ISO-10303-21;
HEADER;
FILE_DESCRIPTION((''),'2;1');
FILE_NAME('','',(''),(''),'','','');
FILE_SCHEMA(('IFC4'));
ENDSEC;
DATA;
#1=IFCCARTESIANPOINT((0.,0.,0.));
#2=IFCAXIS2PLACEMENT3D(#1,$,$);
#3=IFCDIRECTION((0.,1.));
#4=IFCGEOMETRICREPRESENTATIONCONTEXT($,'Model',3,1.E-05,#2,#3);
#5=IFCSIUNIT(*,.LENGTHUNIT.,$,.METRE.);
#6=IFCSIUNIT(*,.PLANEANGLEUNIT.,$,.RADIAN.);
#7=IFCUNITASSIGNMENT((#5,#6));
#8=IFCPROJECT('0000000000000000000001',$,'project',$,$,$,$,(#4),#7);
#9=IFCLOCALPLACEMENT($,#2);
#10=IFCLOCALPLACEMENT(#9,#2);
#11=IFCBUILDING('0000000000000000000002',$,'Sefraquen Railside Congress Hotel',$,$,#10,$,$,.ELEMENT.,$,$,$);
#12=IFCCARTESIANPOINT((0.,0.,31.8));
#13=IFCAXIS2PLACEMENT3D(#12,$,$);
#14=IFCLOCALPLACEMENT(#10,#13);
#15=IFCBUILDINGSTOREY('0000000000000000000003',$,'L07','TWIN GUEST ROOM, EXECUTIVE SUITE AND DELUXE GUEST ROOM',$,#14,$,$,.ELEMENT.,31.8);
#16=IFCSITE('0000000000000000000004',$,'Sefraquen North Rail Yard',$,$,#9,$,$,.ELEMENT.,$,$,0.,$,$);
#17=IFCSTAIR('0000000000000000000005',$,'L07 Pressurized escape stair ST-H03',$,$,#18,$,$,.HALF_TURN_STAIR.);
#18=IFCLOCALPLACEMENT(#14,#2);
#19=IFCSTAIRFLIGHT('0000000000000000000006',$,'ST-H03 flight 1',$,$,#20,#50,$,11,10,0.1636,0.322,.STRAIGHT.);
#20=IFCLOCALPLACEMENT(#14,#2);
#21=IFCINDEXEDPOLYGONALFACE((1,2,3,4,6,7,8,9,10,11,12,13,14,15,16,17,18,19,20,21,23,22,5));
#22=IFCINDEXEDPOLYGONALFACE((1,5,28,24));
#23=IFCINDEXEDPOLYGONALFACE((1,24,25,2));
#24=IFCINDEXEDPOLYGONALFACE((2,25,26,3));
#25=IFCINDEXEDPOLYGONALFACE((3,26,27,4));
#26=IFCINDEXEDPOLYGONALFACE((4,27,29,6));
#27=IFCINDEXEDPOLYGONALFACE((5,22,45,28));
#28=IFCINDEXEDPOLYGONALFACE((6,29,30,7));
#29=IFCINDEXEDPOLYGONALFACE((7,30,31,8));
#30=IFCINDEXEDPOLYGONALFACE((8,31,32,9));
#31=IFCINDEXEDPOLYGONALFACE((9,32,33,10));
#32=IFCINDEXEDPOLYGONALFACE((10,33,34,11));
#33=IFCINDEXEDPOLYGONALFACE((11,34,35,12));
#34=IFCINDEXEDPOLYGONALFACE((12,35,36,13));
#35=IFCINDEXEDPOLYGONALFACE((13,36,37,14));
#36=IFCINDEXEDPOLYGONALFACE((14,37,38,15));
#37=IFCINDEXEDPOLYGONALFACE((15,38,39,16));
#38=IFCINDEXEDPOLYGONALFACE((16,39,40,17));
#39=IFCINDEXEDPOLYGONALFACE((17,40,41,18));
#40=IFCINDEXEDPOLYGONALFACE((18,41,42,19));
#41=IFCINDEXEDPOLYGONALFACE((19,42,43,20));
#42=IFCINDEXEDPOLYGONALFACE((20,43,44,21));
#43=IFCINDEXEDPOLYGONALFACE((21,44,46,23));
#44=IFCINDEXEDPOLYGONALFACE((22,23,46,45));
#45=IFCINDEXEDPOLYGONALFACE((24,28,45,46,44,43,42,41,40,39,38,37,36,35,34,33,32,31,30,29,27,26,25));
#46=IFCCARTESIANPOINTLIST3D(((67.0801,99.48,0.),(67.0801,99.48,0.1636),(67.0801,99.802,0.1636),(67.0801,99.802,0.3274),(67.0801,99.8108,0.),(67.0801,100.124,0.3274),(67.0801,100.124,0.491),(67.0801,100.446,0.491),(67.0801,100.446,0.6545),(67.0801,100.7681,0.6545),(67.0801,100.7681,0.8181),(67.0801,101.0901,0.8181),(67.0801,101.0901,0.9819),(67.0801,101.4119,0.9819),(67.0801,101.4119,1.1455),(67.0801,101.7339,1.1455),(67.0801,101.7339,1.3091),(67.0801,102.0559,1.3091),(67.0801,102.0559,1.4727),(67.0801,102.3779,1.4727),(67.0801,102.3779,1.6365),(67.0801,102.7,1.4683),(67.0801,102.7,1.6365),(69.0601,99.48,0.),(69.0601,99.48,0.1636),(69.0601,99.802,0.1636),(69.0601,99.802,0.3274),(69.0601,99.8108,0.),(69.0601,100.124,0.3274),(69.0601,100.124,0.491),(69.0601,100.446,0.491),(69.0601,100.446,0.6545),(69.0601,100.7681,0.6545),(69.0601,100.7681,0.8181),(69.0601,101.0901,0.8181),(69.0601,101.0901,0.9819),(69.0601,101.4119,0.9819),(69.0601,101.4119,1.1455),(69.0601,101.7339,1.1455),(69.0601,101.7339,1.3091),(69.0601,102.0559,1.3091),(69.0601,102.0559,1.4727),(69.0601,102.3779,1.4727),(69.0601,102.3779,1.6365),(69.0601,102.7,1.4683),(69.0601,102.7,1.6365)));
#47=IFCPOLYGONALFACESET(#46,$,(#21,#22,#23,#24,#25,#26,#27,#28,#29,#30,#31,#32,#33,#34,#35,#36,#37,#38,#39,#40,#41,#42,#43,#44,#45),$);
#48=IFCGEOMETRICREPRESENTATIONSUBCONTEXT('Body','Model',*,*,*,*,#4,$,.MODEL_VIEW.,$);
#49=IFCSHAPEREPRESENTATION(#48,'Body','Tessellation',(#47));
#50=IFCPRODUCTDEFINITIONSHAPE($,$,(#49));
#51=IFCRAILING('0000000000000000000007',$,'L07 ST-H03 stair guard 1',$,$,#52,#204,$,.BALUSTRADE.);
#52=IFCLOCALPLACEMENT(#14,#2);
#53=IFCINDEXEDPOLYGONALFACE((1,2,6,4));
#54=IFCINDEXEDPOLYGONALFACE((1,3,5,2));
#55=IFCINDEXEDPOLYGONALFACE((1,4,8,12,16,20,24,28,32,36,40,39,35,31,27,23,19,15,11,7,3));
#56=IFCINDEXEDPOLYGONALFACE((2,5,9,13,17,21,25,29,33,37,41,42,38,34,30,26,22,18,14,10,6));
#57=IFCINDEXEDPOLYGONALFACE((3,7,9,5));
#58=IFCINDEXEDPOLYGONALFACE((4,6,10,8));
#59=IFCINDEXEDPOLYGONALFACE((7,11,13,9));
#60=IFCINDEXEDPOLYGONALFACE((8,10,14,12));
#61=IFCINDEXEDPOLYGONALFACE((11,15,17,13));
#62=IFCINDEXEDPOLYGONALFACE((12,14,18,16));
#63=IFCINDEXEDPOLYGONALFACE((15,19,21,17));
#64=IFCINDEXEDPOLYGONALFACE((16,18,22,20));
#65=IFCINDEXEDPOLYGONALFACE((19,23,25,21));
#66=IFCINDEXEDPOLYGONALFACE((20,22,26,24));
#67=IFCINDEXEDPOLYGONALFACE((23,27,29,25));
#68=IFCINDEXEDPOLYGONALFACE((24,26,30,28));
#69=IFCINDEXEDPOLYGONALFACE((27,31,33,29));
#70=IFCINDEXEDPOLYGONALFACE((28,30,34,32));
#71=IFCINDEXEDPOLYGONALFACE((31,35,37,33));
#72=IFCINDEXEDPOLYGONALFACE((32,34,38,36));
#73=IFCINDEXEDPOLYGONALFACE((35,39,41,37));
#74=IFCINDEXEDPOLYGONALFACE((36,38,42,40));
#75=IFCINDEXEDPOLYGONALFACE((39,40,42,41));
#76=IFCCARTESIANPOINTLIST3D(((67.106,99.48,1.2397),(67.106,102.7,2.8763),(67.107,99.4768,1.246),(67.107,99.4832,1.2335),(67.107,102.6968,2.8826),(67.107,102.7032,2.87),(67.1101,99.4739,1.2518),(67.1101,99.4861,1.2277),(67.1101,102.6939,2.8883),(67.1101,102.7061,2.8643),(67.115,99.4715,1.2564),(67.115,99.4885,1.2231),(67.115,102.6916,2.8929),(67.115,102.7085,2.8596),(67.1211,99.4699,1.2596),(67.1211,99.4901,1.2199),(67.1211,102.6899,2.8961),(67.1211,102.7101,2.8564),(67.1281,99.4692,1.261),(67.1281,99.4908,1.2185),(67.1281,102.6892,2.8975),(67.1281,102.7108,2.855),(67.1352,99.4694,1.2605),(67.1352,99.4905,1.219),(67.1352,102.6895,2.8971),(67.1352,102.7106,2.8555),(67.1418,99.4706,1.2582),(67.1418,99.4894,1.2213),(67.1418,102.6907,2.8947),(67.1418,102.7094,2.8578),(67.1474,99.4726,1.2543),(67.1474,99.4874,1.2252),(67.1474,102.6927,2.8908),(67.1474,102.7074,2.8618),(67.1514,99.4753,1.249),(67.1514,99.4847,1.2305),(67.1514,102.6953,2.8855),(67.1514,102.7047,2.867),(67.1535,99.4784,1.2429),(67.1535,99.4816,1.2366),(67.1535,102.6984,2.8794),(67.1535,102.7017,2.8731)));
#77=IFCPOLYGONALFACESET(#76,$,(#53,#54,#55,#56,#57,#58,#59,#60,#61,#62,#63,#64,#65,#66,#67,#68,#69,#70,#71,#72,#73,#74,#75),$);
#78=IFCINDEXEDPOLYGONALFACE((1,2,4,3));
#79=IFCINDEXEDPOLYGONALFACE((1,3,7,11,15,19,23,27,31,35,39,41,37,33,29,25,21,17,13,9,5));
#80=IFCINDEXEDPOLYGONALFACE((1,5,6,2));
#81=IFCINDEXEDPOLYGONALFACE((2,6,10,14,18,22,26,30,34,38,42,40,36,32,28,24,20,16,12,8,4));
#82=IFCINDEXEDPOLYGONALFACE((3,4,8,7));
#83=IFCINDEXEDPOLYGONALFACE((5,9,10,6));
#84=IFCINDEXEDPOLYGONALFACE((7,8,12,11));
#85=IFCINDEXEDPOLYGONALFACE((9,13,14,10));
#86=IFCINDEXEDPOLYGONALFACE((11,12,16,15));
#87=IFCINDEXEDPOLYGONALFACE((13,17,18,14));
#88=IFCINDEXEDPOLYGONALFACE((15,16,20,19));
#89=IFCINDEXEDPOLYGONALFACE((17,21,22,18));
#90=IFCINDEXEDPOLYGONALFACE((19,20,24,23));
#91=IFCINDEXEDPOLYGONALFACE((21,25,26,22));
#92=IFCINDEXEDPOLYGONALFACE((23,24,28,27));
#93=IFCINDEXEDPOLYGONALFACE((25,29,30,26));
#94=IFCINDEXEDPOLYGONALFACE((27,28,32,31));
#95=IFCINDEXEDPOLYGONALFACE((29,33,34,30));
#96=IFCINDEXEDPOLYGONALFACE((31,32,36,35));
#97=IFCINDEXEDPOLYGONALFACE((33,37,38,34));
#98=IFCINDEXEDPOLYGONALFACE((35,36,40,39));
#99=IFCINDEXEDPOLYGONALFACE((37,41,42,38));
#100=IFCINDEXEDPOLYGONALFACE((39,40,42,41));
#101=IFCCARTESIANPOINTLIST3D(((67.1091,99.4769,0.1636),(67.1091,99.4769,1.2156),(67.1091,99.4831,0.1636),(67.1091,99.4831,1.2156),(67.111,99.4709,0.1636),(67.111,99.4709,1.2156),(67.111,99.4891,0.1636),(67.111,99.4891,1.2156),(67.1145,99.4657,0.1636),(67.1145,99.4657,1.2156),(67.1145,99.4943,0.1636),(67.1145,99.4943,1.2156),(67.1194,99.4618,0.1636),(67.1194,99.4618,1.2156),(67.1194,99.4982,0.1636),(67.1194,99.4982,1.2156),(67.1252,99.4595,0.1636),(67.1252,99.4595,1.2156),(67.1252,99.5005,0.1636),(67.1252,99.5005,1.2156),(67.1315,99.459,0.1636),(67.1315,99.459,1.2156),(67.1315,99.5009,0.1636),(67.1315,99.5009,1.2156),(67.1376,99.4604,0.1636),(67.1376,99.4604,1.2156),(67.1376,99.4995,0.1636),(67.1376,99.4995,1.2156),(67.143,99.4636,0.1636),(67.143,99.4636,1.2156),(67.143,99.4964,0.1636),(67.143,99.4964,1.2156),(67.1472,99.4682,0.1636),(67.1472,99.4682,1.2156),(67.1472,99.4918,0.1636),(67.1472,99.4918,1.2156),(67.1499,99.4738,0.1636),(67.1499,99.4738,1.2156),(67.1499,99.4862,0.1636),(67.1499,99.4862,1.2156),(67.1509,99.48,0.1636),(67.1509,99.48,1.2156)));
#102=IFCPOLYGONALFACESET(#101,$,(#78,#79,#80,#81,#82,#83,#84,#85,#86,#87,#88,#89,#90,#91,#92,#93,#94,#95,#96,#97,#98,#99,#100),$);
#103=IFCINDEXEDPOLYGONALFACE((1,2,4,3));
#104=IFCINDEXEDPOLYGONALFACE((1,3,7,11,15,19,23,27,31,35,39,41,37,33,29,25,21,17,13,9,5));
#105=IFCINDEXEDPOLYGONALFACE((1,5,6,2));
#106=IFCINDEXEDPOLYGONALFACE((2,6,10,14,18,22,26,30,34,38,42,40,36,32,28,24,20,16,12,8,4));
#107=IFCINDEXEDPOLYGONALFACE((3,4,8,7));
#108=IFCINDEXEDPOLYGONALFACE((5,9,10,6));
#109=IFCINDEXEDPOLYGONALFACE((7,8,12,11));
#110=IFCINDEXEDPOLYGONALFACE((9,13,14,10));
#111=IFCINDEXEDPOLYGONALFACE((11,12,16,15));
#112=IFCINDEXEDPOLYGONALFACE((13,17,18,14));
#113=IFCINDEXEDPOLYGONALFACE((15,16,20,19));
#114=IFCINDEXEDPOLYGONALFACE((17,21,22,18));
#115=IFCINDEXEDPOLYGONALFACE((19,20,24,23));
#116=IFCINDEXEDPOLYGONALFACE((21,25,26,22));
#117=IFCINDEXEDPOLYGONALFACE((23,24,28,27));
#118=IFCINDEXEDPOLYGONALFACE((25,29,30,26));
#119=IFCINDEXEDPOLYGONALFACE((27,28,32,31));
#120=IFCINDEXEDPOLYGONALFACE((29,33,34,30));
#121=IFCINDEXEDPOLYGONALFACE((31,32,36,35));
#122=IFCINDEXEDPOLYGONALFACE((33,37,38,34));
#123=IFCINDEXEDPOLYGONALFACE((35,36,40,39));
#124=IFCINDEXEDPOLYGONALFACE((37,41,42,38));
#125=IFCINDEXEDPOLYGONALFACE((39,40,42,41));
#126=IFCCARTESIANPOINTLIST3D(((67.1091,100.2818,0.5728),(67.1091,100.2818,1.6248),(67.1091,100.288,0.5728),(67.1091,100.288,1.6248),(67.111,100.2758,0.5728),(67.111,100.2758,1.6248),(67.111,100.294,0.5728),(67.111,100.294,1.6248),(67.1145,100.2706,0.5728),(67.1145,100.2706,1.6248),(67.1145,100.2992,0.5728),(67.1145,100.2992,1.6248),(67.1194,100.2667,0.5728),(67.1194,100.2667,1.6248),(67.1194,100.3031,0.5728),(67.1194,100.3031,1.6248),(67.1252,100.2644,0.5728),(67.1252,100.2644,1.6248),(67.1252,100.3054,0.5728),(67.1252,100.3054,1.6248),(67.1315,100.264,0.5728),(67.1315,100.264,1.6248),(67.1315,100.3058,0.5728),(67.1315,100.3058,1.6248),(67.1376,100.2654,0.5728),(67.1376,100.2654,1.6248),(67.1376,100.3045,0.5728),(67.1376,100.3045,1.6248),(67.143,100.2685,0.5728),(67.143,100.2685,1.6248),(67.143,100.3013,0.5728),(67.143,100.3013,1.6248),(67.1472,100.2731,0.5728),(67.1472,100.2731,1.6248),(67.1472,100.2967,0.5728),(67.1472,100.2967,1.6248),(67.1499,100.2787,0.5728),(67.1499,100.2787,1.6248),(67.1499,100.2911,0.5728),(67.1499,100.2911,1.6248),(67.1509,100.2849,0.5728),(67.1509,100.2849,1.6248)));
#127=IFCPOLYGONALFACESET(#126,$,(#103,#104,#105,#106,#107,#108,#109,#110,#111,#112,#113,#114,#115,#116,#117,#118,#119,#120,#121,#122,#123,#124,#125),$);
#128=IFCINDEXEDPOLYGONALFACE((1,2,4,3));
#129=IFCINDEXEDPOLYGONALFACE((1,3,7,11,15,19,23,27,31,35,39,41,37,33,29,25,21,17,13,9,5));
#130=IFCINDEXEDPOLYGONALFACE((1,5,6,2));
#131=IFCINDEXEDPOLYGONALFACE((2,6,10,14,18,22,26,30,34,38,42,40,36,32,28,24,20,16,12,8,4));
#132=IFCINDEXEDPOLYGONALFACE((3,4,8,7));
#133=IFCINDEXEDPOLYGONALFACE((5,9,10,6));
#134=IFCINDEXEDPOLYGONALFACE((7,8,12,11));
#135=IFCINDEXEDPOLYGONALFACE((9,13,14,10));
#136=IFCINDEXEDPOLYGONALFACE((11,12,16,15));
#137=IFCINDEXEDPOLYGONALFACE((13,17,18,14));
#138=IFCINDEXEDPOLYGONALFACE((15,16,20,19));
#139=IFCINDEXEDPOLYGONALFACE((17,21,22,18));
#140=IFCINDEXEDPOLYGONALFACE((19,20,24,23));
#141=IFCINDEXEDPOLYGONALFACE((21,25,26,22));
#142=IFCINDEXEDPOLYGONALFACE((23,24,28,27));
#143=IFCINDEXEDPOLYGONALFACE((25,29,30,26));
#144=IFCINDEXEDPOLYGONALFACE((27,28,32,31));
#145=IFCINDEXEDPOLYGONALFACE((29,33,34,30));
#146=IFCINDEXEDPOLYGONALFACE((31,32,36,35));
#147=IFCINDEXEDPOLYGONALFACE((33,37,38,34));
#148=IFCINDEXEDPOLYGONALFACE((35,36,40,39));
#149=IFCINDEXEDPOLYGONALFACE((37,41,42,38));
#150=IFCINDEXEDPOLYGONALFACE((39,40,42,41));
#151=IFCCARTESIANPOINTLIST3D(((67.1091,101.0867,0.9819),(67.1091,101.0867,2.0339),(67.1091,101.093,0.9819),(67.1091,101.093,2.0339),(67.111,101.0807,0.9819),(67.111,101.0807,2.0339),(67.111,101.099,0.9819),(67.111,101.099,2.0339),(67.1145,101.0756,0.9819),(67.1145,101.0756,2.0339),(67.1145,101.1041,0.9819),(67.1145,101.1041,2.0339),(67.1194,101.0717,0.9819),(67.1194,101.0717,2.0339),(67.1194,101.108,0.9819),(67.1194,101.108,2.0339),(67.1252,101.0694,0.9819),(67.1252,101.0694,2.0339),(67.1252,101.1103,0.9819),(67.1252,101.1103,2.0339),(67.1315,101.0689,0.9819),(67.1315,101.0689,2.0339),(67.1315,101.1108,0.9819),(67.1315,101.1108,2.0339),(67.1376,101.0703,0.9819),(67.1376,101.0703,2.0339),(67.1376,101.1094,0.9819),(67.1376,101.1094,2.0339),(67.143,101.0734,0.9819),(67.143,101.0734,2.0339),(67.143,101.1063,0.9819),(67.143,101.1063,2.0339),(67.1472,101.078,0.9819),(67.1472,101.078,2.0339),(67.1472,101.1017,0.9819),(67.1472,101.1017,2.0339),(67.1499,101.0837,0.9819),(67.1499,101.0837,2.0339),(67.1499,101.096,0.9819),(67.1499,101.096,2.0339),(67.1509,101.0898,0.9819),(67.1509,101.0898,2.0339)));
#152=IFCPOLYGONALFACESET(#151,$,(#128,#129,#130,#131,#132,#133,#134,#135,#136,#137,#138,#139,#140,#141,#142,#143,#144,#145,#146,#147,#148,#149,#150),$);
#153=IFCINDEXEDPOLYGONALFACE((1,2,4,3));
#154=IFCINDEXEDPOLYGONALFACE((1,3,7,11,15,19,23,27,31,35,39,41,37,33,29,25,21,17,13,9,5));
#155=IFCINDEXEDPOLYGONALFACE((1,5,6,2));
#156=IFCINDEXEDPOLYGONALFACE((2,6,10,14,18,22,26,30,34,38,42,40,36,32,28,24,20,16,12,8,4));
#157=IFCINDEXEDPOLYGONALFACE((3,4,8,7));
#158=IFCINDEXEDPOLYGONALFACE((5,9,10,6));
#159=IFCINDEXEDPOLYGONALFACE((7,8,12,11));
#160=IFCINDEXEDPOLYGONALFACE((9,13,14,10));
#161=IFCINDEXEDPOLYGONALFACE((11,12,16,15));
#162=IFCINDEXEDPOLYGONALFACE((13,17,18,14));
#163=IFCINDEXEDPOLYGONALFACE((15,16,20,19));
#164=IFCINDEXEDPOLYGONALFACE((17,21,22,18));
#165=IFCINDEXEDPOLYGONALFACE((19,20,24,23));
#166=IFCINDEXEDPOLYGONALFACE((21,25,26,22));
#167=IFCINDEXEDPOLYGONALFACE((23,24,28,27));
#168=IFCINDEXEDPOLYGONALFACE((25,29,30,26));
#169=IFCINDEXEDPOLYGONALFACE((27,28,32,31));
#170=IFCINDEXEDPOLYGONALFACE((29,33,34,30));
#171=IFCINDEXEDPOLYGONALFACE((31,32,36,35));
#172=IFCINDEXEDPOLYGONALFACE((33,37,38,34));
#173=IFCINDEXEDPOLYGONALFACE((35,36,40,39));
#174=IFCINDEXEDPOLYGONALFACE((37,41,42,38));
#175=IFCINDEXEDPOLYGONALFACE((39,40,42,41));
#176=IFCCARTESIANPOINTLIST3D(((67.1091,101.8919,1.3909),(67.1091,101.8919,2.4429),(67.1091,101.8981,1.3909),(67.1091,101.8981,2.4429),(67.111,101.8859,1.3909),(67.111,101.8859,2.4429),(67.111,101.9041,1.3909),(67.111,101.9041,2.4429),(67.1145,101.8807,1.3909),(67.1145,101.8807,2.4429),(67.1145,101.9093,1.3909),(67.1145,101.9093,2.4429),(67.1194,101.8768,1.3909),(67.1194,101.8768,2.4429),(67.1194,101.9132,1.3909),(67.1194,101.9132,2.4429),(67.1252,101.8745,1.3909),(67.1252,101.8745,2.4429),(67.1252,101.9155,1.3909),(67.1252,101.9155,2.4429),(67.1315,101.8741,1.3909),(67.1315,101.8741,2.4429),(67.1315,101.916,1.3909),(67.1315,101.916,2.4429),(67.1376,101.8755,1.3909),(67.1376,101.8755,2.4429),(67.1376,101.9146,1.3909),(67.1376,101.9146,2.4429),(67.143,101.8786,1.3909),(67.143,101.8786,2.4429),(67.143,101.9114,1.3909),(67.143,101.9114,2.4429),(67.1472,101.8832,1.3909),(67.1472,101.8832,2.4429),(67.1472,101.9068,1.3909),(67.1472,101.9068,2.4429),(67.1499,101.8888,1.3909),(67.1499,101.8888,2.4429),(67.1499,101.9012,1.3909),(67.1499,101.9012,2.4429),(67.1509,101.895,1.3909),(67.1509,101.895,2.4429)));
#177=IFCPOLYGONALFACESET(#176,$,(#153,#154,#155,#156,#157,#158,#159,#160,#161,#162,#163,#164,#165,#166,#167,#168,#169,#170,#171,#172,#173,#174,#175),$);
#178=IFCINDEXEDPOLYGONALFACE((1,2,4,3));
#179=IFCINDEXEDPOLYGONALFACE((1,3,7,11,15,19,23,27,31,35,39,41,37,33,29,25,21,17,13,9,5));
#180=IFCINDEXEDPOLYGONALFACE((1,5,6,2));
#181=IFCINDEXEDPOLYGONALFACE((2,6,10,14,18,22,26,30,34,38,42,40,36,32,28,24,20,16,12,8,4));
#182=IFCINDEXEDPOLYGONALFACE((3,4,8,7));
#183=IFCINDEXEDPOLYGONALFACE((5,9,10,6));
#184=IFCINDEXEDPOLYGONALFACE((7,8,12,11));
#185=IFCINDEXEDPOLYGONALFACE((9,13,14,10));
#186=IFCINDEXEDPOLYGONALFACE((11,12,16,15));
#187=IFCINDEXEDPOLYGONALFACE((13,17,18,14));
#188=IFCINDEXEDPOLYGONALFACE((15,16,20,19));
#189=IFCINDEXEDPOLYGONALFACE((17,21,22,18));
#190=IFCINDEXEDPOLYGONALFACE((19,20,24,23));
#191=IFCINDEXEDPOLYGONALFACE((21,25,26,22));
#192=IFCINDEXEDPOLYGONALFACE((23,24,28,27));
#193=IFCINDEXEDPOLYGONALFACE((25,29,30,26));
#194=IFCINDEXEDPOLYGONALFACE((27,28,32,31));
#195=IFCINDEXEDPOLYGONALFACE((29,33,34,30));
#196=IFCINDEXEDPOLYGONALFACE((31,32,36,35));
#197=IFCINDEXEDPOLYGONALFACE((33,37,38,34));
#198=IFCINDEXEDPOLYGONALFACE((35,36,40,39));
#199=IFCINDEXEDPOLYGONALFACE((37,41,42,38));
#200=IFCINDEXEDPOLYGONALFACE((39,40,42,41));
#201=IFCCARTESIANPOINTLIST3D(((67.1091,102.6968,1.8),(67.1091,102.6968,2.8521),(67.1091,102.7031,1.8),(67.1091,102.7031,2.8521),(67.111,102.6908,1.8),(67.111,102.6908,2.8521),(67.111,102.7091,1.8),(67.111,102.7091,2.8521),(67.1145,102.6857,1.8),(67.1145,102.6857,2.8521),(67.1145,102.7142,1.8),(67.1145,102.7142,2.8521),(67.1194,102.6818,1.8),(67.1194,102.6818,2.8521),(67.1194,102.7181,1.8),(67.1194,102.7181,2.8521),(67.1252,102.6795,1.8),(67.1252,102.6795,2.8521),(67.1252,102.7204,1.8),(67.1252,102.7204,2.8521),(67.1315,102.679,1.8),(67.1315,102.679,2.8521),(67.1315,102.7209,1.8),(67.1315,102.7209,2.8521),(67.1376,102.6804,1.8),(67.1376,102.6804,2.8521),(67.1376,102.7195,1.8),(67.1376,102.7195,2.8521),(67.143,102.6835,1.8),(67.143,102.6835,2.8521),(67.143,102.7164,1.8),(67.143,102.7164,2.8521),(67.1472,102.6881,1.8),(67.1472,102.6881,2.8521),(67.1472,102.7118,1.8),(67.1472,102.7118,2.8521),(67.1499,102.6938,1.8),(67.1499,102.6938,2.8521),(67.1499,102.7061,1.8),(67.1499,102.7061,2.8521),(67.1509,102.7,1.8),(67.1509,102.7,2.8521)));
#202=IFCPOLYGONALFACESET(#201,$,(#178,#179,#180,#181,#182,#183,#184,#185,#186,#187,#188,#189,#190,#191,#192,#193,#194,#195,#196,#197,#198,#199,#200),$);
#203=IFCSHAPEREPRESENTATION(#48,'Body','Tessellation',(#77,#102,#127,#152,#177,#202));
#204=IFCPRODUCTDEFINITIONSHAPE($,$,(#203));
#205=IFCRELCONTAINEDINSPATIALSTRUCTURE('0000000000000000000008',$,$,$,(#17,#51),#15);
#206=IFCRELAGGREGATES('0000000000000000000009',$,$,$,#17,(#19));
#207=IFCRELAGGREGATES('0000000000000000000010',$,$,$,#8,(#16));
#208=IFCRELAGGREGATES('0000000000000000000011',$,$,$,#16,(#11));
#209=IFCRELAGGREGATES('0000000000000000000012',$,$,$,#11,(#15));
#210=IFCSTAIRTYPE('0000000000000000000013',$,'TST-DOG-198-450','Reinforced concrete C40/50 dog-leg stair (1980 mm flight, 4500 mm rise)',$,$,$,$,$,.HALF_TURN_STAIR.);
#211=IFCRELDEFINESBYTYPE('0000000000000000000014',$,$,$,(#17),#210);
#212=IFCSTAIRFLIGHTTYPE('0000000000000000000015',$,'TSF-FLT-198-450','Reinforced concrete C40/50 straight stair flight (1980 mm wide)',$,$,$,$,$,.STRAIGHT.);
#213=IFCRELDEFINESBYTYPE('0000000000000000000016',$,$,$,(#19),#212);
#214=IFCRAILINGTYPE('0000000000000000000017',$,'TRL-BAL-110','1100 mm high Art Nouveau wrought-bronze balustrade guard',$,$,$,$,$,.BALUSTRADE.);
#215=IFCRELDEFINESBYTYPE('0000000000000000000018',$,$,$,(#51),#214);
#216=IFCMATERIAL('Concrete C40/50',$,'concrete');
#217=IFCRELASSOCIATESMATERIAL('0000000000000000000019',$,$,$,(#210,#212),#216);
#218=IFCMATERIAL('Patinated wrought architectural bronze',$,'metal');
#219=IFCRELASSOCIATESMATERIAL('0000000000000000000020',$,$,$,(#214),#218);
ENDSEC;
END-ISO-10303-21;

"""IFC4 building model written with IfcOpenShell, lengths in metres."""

from ifc_helpers import new_model, si_unit, direction, frame, origin, origin_2d, place, context, subcontext, project, spatial, polyline, circle, outline, extrude, material, type_object, element, aggregate, save


model = new_model("IFC4")

# Units and contexts
model_context = context("Model", 3, precision=1e-05, world=origin(), true_north=direction((0.0, 1.0)))
body_context = subcontext(model_context, "Body", "Model", "MODEL_VIEW")
ifc_project = project(units=[si_unit("LENGTHUNIT", "METRE"), si_unit("PLANEANGLEUNIT", "RADIAN")], contexts=[model_context])

# Site, building, storey
site_placement = place(None, origin())
site = spatial("IfcSite", under=ifc_project, at=site_placement, Name="Sefraquen North Rail Yard", CompositionType="ELEMENT", RefElevation=0.0)
building_placement = place(site_placement, origin())
building = spatial("IfcBuilding", under=site, at=building_placement, Name="Sefraquen Railside Congress Hotel", CompositionType="ELEMENT")
storey_placement = place(building_placement, frame((0.0, 0.0, 31.8)))
storey = spatial("IfcBuildingStorey", under=building, at=storey_placement, Name="L07", Description="TWIN GUEST ROOM, EXECUTIVE SUITE AND DELUXE GUEST ROOM", CompositionType="ELEMENT", Elevation=31.8)

# Shared definitions
ifc_material_1 = material(Name="Concrete C40/50", Category="concrete")

# Stair, stair flight
stair_type = type_object("IfcStairType", Name="TST-DOG-198-450", Description="Reinforced concrete C40/50 dog-leg stair (1980 mm flight, 4500 mm rise)", PredefinedType="HALF_TURN_STAIR", material=ifc_material_1)
stair_placement = place(storey_placement, origin())
stair = element("IfcStair", 1, at=stair_placement, inside=storey, type_object=stair_type, Name="L07 Pressurized escape stair ST-H03", PredefinedType="HALF_TURN_STAIR")
stair_flight_type = type_object("IfcStairFlightType", Name="TSF-FLT-198-450", Description="Reinforced concrete C40/50 straight stair flight (1980 mm wide)", PredefinedType="STRAIGHT", material=ifc_material_1)
stair_flight_placement = place(storey_placement, frame((68.0701, 99.48, 0.0), z_axis=(0.0, 0.0, 1.0), x_axis=(0.0, 1.0, 0.0)))
stair_flight = element("IfcStairFlight", 2, at=stair_flight_placement, type_object=stair_flight_type, Name="ST-H03 flight 1", NumberOfRisers=11, NumberOfTreads=10, PredefinedType="STRAIGHT", RiserHeight=0.1636, TreadLength=0.322, context=body_context, shape_type="SweptSolid", body=[
    extrude(outline(polyline([(0.0, 0.0), (0.0, 0.1636), (0.322, 0.1636), (0.322, 0.3274), (0.644, 0.3274), (0.644, 0.491), (0.9661, 0.491), (0.9661, 0.6545), (1.2881, 0.6545), (1.2881, 0.8181), (1.6101, 0.8181), (1.6101, 0.9819), (1.9319, 0.9819), (1.9319, 1.1455), (2.2539, 1.1455), (2.2539, 1.3091), (2.5759, 1.3091), (2.5759, 1.4727), (2.8979, 1.4727), (2.8979, 1.6365), (3.22, 1.6365), (3.22, 1.8), (3.22, 1.4683), (0.3308, 0.0), (0.0, 0.0)])), frame((0.0, 0.99, 0.0), z_axis=(0.0, -1.0, 0.0), x_axis=(1.0, 0.0, 0.0)), (0.0, 0.0, 1.0), 1.98),
])
aggregate(stair, [stair_flight])

# Railing
ifc_material_2 = material(Name="Patinated wrought architectural bronze", Category="metal")
railing_type_1 = type_object("IfcRailingType", Name="TRL-BAL-110", Description="1100 mm high Art Nouveau wrought-bronze balustrade guard", PredefinedType="BALUSTRADE", material=ifc_material_2)
railing_1_placement = place(storey_placement, frame((67.1299, 99.48, 0.1636)))
element("IfcRailing", 3, at=railing_1_placement, inside=storey, type_object=railing_type_1, Name="L07 ST-H03 stair guard 1", PredefinedType="BALUSTRADE", context=body_context, shape_type="SweptSolid", body=[
    extrude(circle(Radius=0.0239, at=origin_2d()), frame((0.0, 0.0, 1.0762), z_axis=(0.0, 0.891474, 0.453071), x_axis=(-1.0, 0.0, 0.0)), (0.0, 0.0, 1.0), 3.6121),
    extrude(circle(Radius=0.021, at=origin_2d()), origin(), (0.0, 0.0, 1.0), 1.052),
    extrude(circle(Radius=0.021, at=origin_2d()), frame((0.0, 0.8049, 0.4092)), (0.0, 0.0, 1.0), 1.052),
    extrude(circle(Radius=0.021, at=origin_2d()), frame((0.0, 1.6099, 0.8184)), (0.0, 0.0, 1.0), 1.052),
    extrude(circle(Radius=0.021, at=origin_2d()), frame((0.0, 2.415, 1.2273)), (0.0, 0.0, 1.0), 1.052),
    extrude(circle(Radius=0.021, at=origin_2d()), frame((0.0, 3.22, 1.6365)), (0.0, 0.0, 1.0), 1.052),
])

save(model, "model.ifc")
